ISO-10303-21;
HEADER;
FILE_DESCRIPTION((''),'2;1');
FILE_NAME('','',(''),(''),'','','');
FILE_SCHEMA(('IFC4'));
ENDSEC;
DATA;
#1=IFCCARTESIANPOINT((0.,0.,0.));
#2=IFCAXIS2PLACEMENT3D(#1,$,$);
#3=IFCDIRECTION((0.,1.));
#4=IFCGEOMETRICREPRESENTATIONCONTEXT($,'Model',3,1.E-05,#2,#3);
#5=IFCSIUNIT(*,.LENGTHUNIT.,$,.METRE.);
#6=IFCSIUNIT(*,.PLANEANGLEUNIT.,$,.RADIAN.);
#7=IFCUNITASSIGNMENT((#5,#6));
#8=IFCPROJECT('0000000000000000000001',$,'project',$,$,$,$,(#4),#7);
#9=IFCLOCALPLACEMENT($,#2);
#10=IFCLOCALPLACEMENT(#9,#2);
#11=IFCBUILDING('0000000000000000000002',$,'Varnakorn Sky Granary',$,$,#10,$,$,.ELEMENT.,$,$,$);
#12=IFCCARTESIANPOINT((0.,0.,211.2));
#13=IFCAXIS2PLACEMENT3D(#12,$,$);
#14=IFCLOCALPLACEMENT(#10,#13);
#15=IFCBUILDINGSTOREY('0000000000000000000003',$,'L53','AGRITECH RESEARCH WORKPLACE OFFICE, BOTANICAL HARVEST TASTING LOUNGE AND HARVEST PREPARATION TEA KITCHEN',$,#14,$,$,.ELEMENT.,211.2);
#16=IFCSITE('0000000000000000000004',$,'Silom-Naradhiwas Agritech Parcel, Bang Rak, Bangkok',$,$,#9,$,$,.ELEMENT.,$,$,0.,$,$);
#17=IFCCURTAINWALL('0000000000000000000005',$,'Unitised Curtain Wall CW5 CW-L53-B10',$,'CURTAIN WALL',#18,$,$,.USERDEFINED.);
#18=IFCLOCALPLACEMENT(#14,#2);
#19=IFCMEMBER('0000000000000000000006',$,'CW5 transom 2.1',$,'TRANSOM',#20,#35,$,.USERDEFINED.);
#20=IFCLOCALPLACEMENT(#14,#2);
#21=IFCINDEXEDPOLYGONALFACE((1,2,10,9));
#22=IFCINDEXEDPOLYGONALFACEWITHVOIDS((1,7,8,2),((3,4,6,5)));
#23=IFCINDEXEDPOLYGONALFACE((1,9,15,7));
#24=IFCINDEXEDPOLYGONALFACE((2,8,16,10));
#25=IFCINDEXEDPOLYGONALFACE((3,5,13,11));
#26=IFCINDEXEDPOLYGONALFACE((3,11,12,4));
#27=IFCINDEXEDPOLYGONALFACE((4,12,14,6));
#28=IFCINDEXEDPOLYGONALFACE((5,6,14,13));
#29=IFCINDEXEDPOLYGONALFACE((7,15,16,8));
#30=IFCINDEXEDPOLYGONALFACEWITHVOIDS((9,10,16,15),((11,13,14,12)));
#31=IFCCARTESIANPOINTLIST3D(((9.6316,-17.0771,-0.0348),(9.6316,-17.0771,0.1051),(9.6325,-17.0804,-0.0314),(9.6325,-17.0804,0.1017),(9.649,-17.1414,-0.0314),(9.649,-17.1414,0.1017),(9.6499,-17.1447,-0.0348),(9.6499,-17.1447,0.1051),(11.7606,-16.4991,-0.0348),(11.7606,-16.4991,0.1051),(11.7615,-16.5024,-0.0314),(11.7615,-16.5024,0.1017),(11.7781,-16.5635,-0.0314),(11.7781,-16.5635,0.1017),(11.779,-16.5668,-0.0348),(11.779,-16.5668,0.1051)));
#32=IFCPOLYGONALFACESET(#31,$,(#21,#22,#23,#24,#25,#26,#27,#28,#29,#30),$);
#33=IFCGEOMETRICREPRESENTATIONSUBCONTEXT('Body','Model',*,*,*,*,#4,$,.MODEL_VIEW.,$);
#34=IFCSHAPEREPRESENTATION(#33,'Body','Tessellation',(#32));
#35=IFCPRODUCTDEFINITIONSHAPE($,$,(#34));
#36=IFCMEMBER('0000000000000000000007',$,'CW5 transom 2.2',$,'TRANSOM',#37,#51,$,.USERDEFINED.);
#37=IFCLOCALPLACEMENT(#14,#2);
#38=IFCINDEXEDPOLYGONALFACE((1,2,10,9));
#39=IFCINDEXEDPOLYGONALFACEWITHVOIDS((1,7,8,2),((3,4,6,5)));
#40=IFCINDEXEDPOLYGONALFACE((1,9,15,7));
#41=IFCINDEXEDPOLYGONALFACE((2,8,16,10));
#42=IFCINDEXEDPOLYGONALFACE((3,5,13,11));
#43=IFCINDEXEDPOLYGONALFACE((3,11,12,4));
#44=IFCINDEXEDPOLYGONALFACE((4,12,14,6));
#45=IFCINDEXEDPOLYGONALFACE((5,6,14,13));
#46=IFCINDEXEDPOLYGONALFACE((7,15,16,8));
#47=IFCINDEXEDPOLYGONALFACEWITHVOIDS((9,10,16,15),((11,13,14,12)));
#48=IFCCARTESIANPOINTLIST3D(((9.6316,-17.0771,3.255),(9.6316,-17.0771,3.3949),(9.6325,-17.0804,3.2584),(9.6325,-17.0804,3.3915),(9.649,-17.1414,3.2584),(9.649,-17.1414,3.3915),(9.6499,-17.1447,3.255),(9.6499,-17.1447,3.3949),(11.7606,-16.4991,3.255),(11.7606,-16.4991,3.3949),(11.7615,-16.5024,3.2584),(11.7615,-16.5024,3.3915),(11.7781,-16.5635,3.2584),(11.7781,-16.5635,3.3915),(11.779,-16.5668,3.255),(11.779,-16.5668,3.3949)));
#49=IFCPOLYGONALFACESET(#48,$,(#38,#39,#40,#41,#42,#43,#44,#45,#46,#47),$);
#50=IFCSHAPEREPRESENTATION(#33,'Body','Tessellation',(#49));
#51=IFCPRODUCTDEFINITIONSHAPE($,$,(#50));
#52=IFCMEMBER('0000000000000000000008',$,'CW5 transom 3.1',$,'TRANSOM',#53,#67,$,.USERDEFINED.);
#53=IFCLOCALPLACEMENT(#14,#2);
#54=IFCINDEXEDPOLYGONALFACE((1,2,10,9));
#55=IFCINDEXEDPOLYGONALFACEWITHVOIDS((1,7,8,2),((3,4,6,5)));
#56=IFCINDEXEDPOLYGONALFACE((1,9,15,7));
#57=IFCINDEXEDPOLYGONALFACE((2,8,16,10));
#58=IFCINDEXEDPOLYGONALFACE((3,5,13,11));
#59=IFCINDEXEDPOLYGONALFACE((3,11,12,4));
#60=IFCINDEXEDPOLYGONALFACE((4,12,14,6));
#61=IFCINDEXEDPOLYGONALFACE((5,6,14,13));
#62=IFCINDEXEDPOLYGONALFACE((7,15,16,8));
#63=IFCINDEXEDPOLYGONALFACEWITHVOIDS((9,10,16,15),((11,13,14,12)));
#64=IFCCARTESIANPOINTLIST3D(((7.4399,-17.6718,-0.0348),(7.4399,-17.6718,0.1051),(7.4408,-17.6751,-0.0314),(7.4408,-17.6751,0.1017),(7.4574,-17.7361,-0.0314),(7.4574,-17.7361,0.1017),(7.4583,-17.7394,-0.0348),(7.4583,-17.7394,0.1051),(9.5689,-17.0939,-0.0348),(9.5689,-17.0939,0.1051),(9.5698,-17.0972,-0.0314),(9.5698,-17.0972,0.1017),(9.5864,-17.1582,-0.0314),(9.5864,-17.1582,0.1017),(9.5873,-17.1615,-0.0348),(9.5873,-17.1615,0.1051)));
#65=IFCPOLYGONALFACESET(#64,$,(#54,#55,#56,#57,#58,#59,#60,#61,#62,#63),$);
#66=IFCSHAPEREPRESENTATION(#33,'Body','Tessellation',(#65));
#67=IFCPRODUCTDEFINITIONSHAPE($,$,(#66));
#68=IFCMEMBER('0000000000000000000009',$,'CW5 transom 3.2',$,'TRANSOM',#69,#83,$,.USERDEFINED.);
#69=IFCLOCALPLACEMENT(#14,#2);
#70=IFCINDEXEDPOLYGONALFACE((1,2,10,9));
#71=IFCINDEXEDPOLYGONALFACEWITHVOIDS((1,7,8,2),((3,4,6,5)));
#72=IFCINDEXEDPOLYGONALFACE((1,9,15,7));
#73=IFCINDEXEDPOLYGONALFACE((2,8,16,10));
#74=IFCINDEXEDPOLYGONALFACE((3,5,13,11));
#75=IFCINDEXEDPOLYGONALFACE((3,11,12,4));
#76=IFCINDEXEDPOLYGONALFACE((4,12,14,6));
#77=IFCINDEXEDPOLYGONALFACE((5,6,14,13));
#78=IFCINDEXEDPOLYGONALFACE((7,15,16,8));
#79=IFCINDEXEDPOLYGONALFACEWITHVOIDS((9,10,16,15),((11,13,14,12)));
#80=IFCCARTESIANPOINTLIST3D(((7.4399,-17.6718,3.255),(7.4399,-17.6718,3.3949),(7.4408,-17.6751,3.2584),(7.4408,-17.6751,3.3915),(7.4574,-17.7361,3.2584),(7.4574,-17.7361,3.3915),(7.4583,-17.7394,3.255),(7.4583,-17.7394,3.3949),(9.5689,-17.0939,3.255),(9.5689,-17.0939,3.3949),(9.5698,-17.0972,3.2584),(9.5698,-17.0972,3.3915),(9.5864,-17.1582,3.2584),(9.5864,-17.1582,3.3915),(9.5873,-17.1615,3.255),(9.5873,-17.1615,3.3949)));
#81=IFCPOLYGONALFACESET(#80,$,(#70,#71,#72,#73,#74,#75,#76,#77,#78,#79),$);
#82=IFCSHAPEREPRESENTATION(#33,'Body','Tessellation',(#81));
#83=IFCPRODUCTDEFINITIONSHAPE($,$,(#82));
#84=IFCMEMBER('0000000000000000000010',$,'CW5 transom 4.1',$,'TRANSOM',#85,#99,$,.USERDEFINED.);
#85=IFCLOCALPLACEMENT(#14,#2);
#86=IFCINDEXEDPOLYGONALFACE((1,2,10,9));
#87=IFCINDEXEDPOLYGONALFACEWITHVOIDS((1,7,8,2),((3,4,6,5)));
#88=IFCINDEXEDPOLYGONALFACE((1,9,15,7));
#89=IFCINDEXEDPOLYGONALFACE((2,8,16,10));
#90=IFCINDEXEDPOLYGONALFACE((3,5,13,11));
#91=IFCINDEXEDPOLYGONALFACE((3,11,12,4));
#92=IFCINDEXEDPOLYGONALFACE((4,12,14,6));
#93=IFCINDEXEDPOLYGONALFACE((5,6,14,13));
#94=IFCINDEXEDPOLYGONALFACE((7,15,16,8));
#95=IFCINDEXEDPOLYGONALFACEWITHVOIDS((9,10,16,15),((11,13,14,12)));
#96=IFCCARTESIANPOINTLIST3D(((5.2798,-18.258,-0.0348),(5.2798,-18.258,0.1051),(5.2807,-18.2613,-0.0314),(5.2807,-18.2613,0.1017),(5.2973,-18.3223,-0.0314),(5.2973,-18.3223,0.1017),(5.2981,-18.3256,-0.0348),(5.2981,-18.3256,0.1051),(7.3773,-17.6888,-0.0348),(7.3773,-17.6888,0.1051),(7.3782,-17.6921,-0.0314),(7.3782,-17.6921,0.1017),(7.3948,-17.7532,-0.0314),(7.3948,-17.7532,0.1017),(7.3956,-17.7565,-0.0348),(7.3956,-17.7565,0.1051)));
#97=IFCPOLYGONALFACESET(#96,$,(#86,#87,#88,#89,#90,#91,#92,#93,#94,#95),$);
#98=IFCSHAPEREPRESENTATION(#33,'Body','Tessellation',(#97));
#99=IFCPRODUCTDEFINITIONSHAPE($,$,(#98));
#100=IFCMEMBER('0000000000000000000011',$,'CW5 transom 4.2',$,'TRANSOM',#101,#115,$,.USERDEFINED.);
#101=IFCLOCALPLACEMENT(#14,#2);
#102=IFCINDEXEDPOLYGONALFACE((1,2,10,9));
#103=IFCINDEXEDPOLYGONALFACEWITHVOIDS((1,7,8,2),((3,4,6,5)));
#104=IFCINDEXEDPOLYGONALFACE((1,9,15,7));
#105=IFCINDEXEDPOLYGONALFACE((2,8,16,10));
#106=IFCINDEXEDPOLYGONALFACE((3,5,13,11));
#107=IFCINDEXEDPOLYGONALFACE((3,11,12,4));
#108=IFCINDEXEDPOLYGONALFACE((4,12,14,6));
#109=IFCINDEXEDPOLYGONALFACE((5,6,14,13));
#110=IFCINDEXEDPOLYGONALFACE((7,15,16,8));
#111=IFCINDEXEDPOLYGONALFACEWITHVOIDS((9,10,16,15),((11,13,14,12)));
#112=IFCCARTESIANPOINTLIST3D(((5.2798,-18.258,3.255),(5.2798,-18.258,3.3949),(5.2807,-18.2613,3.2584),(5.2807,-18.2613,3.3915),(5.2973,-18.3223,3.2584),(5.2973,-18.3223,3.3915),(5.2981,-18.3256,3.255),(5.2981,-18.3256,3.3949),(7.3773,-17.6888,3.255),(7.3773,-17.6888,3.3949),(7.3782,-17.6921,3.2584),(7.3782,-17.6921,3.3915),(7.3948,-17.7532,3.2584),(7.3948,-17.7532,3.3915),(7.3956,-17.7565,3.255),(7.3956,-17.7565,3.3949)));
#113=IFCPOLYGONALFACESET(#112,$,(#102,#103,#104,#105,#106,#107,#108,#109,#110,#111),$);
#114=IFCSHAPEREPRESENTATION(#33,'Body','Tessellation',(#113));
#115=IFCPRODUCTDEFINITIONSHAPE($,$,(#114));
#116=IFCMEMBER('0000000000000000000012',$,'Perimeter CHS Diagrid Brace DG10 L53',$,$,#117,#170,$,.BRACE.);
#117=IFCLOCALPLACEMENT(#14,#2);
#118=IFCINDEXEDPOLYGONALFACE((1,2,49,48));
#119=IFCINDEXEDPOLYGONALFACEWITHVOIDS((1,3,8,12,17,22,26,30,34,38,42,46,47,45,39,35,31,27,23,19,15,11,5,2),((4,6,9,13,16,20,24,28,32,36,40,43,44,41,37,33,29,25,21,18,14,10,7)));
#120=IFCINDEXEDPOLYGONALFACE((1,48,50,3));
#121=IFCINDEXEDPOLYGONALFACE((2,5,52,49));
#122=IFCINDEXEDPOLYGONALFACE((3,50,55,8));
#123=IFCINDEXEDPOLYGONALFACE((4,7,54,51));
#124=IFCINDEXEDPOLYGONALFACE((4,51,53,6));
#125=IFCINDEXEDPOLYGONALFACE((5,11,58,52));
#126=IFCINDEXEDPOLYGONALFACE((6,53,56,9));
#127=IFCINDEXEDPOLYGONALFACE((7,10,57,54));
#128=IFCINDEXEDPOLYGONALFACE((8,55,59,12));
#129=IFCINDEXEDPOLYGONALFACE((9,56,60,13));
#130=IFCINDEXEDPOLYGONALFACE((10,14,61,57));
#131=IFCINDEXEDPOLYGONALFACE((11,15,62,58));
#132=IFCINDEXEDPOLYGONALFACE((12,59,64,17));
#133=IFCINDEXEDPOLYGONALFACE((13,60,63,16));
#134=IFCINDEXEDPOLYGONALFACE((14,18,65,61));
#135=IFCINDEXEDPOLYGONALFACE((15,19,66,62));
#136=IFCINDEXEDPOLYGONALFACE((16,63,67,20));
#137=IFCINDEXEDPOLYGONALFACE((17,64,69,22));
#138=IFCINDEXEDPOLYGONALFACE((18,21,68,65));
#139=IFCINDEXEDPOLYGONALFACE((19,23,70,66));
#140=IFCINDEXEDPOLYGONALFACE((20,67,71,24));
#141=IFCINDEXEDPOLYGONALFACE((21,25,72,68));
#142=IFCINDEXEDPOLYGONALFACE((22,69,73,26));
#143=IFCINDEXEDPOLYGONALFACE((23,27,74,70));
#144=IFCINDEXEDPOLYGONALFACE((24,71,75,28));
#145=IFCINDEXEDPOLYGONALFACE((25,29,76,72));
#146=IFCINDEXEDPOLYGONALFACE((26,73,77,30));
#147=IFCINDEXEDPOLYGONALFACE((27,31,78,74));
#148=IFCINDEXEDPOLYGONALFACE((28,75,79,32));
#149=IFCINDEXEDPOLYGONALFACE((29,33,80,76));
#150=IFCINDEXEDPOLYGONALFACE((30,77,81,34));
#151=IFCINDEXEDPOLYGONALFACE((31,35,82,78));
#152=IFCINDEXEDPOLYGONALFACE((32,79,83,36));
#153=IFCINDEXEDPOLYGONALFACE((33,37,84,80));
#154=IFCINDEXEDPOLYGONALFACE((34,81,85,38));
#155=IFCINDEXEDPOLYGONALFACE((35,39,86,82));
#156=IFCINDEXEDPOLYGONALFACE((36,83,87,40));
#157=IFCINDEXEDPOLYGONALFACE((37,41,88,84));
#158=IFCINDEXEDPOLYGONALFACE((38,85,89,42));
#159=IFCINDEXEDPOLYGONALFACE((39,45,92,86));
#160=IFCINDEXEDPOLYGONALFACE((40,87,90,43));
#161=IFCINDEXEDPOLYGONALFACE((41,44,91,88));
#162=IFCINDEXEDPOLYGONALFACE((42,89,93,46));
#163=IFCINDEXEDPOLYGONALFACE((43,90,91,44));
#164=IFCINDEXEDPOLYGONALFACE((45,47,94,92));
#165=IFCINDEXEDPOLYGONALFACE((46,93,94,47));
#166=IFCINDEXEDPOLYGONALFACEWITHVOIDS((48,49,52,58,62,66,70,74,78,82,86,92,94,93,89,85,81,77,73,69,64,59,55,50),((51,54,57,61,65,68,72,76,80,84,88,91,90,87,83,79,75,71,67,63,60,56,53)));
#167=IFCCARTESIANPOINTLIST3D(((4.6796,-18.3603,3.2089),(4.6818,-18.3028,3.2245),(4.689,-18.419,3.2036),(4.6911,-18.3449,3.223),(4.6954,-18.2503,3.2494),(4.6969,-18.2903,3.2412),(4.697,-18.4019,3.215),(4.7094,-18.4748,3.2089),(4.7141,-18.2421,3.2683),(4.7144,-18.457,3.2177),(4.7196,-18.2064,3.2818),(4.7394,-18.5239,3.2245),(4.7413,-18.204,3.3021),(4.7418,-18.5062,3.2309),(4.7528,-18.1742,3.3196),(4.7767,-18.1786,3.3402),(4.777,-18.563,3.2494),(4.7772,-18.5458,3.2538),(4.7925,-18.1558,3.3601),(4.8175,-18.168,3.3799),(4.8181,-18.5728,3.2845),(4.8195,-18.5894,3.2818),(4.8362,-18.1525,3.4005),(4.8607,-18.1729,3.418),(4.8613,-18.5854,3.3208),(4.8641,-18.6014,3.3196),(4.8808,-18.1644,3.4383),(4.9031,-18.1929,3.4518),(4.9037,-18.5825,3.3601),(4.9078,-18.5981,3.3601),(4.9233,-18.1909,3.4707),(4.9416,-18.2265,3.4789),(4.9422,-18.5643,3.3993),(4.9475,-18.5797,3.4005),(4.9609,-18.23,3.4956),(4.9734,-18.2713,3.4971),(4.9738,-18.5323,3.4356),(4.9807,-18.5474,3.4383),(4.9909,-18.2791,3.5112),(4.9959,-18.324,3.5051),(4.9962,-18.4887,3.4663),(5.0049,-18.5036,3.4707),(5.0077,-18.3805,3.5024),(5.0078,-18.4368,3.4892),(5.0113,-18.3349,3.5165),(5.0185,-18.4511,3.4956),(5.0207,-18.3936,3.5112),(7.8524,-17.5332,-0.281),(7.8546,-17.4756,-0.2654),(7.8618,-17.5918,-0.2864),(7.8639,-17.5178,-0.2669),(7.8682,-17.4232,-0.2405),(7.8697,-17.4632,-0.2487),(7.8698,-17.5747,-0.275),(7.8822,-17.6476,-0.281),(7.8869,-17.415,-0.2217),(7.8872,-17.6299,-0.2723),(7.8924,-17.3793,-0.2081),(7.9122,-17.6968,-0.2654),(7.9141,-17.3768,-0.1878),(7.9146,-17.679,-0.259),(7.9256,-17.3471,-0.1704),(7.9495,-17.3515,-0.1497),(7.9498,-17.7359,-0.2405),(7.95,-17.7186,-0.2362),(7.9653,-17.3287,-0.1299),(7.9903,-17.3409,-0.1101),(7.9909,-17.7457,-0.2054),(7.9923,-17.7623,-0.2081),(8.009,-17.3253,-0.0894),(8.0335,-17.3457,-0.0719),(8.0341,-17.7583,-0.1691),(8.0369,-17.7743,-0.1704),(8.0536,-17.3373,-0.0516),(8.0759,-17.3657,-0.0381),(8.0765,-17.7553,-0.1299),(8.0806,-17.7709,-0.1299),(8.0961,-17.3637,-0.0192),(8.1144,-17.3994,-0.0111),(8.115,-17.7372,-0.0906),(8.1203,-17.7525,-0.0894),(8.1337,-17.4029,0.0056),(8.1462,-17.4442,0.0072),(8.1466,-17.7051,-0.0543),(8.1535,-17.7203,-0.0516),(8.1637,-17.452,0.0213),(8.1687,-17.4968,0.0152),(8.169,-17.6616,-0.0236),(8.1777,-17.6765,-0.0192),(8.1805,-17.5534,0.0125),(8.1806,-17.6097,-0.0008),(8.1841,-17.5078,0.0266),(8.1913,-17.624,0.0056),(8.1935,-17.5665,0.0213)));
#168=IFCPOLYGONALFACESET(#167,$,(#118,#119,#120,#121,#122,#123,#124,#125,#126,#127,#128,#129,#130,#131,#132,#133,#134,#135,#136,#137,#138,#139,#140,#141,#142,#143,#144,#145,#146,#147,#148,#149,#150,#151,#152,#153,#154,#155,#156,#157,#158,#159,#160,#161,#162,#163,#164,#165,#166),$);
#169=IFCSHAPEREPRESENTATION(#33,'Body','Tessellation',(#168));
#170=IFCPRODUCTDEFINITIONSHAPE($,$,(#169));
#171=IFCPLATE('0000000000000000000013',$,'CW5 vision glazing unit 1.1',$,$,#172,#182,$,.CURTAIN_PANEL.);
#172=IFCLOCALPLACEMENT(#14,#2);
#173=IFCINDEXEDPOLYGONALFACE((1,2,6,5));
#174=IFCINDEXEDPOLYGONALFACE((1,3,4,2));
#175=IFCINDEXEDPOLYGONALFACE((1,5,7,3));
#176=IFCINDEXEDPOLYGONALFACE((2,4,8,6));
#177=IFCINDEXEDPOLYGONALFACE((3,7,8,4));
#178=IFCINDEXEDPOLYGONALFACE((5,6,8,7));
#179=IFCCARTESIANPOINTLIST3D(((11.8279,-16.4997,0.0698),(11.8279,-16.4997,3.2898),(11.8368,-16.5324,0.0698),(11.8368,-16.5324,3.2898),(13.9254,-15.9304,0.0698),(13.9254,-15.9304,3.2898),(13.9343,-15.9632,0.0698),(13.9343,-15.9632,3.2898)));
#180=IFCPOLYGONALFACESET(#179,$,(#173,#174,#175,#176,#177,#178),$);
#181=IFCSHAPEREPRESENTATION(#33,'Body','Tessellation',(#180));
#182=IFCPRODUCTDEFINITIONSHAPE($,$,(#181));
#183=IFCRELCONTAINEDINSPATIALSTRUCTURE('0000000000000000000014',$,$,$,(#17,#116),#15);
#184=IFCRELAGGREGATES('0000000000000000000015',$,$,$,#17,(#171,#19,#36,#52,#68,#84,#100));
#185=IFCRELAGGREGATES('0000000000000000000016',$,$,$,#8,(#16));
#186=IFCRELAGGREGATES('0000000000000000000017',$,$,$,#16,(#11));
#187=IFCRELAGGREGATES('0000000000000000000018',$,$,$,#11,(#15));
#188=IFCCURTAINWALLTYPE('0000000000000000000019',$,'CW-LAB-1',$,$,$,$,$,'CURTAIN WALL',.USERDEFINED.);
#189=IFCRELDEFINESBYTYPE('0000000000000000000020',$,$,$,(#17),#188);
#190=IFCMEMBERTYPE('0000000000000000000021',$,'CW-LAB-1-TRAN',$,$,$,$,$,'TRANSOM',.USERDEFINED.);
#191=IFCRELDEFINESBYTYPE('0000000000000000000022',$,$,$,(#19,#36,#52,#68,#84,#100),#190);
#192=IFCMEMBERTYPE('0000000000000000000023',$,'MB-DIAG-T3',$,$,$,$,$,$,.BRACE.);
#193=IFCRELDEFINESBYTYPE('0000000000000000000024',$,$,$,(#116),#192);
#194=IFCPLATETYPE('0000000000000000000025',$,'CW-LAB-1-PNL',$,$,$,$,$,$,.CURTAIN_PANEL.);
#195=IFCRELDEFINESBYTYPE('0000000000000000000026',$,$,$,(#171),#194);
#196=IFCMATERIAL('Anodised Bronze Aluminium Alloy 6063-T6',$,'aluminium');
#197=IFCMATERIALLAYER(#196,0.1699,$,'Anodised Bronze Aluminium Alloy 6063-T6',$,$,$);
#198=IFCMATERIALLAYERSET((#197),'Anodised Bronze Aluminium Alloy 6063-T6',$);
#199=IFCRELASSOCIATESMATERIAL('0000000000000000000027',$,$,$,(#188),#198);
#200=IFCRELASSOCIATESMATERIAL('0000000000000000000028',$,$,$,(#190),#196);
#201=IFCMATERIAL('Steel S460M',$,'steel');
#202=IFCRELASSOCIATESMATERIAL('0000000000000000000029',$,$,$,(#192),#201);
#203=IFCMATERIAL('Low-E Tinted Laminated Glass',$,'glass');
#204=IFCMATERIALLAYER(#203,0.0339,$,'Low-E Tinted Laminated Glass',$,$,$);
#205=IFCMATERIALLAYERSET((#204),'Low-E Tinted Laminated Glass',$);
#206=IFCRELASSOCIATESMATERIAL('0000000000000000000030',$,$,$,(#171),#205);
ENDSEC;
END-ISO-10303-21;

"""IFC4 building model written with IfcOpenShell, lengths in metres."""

from ifc_helpers import new_model, si_unit, direction, frame, origin, origin_2d, place, context, subcontext, project, spatial, rectangle, hollow_rectangle, hollow_circle, extrude, source, transform, mapped, material, layer, layer_set, material_profile, profile_set, type_object, element, aggregate, save


model = new_model("IFC4")

# Units and contexts
model_context = context("Model", 3, precision=1e-05, world=origin(), true_north=direction((0.0, 1.0)))
body_context = subcontext(model_context, "Body", "Model", "MODEL_VIEW")
ifc_project = project(units=[si_unit("LENGTHUNIT", "METRE"), si_unit("PLANEANGLEUNIT", "RADIAN")], contexts=[model_context])

# Site, building, storey
site_placement = place(None, origin())
site = spatial("IfcSite", under=ifc_project, at=site_placement, Name="Silom-Naradhiwas Agritech Parcel, Bang Rak, Bangkok", CompositionType="ELEMENT", RefElevation=0.0)
building_placement = place(site_placement, origin())
building = spatial("IfcBuilding", under=site, at=building_placement, Name="Varnakorn Sky Granary", CompositionType="ELEMENT")
storey_placement = place(building_placement, frame((0.0, 0.0, 211.2)))
storey = spatial("IfcBuildingStorey", under=building, at=storey_placement, Name="L53", Description="AGRITECH RESEARCH WORKPLACE OFFICE, BOTANICAL HARVEST TASTING LOUNGE AND HARVEST PREPARATION TEA KITCHEN", CompositionType="ELEMENT", Elevation=211.2)

# Shared definitions
ifc_material_1 = material(Name="Steel S460M", Category="steel")

# Curtain wall, members
ifc_material_2 = material(Name="Anodised Bronze Aluminium Alloy 6063-T6", Category="aluminium")
ifc_layer_1 = layer(ifc_material_2, 0.1699, Name="Anodised Bronze Aluminium Alloy 6063-T6")
ifc_layer_set_1 = layer_set([ifc_layer_1], Name="Anodised Bronze Aluminium Alloy 6063-T6")
curtain_wall_type = type_object("IfcCurtainWallType", Name="CW-LAB-1", ElementType="CURTAIN WALL", PredefinedType="USERDEFINED", material=ifc_layer_set_1)
curtain_wall_placement = place(storey_placement, origin())
curtain_wall = element("IfcCurtainWall", 1, at=curtain_wall_placement, inside=storey, type_object=curtain_wall_type, Name="Unitised Curtain Wall CW5 CW-L53-B10", ObjectType="CURTAIN WALL", PredefinedType="USERDEFINED")
ifc_material_profile_1 = material_profile(ifc_material_2, hollow_rectangle(XDim=0.0701, YDim=0.1399, WallThickness=0.0034, at=origin_2d()), Name="ALU TRAN 70x140")
ifc_profile_set_1 = profile_set([ifc_material_profile_1], Name="Anodised Bronze Aluminium Alloy 6063-T6")
member_type_1 = type_object("IfcMemberType", Name="CW-LAB-1-TRAN", ElementType="TRANSOM", PredefinedType="USERDEFINED", material=ifc_profile_set_1)
member_1_placement = place(storey_placement, frame((11.7698, -16.533, 0.0352), z_axis=(-0.965077, -0.261965, 0.0), x_axis=(0.261965, -0.965077, 0.0)))
member_1 = element("IfcMember", 2, at=member_1_placement, type_object=member_type_1, Name="CW5 transom 2.1", ObjectType="TRANSOM", PredefinedType="USERDEFINED", context=body_context, shape_type="SweptSolid", body=[
    extrude(hollow_rectangle(XDim=0.0701, YDim=0.1399, WallThickness=0.0034, at=origin_2d()), origin(), (0.0, 0.0, 1.0), 2.2061),
])
member_2_placement = place(storey_placement, frame((11.7698, -16.533, 3.325), z_axis=(-0.965077, -0.261965, 0.0), x_axis=(0.261965, -0.965077, 0.0)))
member_2 = element("IfcMember", 3, at=member_2_placement, type_object=member_type_1, Name="CW5 transom 2.2", ObjectType="TRANSOM", PredefinedType="USERDEFINED", context=body_context, shape_type="SweptSolid", body=[
    extrude(hollow_rectangle(XDim=0.0701, YDim=0.1399, WallThickness=0.0034, at=origin_2d()), origin(), (0.0, 0.0, 1.0), 2.2061),
])
member_3_placement = place(storey_placement, frame((9.5781, -17.1277, 0.0352), z_axis=(-0.965077, -0.261965, 0.0), x_axis=(0.261965, -0.965077, 0.0)))
member_3 = element("IfcMember", 4, at=member_3_placement, type_object=member_type_1, Name="CW5 transom 3.1", ObjectType="TRANSOM", PredefinedType="USERDEFINED", context=body_context, shape_type="SweptSolid", body=[
    extrude(hollow_rectangle(XDim=0.0701, YDim=0.1399, WallThickness=0.0034, at=origin_2d()), origin(), (0.0, 0.0, 1.0), 2.2061),
])
member_4_placement = place(storey_placement, frame((9.5781, -17.1277, 3.325), z_axis=(-0.965077, -0.261965, 0.0), x_axis=(0.261965, -0.965077, 0.0)))
member_4 = element("IfcMember", 5, at=member_4_placement, type_object=member_type_1, Name="CW5 transom 3.2", ObjectType="TRANSOM", PredefinedType="USERDEFINED", context=body_context, shape_type="SweptSolid", body=[
    extrude(hollow_rectangle(XDim=0.0701, YDim=0.1399, WallThickness=0.0034, at=origin_2d()), origin(), (0.0, 0.0, 1.0), 2.2061),
])
member_5_placement = place(storey_placement, frame((7.3865, -17.7227, 0.0352), z_axis=(-0.965105, -0.261862, 0.0), x_axis=(0.261862, -0.965105, 0.0)))
member_5 = element("IfcMember", 6, at=member_5_placement, type_object=member_type_1, Name="CW5 transom 4.1", ObjectType="TRANSOM", PredefinedType="USERDEFINED", context=body_context, shape_type="SweptSolid", body=[
    extrude(hollow_rectangle(XDim=0.0701, YDim=0.1399, WallThickness=0.0034, at=origin_2d()), origin(), (0.0, 0.0, 1.0), 2.1733),
])
member_6_placement = place(storey_placement, frame((7.3865, -17.7227, 3.325), z_axis=(-0.965105, -0.261862, 0.0), x_axis=(0.261862, -0.965105, 0.0)))
member_6 = element("IfcMember", 7, at=member_6_placement, type_object=member_type_1, Name="CW5 transom 4.2", ObjectType="TRANSOM", PredefinedType="USERDEFINED", context=body_context, shape_type="SweptSolid", body=[
    extrude(hollow_rectangle(XDim=0.0701, YDim=0.1399, WallThickness=0.0034, at=origin_2d()), origin(), (0.0, 0.0, 1.0), 2.1733),
])

# Member
ifc_material_profile_2 = material_profile(ifc_material_1, hollow_circle(Radius=0.2285, WallThickness=0.0161, at=origin_2d()), Name="CHS 457x16")
ifc_profile_set_2 = profile_set([ifc_material_profile_2], Name="Steel S460M")
member_type_2 = type_object("IfcMemberType", Name="MB-DIAG-T3", PredefinedType="BRACE", material=ifc_profile_set_2)
member_7_placement = place(storey_placement, frame((8.0229, -17.5498, -0.1299), z_axis=(-0.662577, -0.172731, 0.728804), x_axis=(0.252264, -0.967658, 0.0)))
element("IfcMember", 8, at=member_7_placement, inside=storey, type_object=member_type_2, Name="Perimeter CHS Diagrid Brace DG10 L53", PredefinedType="BRACE", context=body_context, shape_type="SweptSolid", body=[
    extrude(hollow_circle(Radius=0.2285, WallThickness=0.0161, at=origin_2d()), origin(), (0.0, 0.0, 1.0), 4.7886),
])

# Plate
ifc_material_3 = material(Name="Low-E Tinted Laminated Glass", Category="glass")
ifc_layer_2 = layer(ifc_material_3, 0.0339, Name="Low-E Tinted Laminated Glass")
ifc_layer_set_2 = layer_set([ifc_layer_2], Name="Low-E Tinted Laminated Glass")
plate_type = type_object("IfcPlateType", Name="CW-LAB-1-PNL", PredefinedType="CURTAIN_PANEL")
shared_shape_1 = source(origin(), body_context, "Body", "SweptSolid", [
    extrude(rectangle(XDim=2.1733, YDim=0.0339, at=origin_2d()), origin(), (0.0, 0.0, 1.0), 3.22),
])
plate_1_placement = place(storey_placement, frame((12.8811, -16.2314, 0.0698), z_axis=(0.0, 0.0, 1.0), x_axis=(-0.96509, -0.26192, 0.0)))
plate_1 = element("IfcPlate", 9, at=plate_1_placement, type_object=plate_type, material=ifc_layer_set_2, Name="CW5 vision glazing unit 1.1", PredefinedType="CURTAIN_PANEL", context=body_context, shape_type="MappedRepresentation", body=[
    mapped(shared_shape_1, transform((0.0, 0.0, 0.0), x_axis=(1.0, 0.0, 0.0), y_axis=(0.0, 1.0, 0.0), z_axis=(0.0, 0.0, 1.0), scale=1.0)),
])
aggregate(curtain_wall, [plate_1, member_1, member_2, member_3, member_4, member_5, member_6])

save(model, "model.ifc")
